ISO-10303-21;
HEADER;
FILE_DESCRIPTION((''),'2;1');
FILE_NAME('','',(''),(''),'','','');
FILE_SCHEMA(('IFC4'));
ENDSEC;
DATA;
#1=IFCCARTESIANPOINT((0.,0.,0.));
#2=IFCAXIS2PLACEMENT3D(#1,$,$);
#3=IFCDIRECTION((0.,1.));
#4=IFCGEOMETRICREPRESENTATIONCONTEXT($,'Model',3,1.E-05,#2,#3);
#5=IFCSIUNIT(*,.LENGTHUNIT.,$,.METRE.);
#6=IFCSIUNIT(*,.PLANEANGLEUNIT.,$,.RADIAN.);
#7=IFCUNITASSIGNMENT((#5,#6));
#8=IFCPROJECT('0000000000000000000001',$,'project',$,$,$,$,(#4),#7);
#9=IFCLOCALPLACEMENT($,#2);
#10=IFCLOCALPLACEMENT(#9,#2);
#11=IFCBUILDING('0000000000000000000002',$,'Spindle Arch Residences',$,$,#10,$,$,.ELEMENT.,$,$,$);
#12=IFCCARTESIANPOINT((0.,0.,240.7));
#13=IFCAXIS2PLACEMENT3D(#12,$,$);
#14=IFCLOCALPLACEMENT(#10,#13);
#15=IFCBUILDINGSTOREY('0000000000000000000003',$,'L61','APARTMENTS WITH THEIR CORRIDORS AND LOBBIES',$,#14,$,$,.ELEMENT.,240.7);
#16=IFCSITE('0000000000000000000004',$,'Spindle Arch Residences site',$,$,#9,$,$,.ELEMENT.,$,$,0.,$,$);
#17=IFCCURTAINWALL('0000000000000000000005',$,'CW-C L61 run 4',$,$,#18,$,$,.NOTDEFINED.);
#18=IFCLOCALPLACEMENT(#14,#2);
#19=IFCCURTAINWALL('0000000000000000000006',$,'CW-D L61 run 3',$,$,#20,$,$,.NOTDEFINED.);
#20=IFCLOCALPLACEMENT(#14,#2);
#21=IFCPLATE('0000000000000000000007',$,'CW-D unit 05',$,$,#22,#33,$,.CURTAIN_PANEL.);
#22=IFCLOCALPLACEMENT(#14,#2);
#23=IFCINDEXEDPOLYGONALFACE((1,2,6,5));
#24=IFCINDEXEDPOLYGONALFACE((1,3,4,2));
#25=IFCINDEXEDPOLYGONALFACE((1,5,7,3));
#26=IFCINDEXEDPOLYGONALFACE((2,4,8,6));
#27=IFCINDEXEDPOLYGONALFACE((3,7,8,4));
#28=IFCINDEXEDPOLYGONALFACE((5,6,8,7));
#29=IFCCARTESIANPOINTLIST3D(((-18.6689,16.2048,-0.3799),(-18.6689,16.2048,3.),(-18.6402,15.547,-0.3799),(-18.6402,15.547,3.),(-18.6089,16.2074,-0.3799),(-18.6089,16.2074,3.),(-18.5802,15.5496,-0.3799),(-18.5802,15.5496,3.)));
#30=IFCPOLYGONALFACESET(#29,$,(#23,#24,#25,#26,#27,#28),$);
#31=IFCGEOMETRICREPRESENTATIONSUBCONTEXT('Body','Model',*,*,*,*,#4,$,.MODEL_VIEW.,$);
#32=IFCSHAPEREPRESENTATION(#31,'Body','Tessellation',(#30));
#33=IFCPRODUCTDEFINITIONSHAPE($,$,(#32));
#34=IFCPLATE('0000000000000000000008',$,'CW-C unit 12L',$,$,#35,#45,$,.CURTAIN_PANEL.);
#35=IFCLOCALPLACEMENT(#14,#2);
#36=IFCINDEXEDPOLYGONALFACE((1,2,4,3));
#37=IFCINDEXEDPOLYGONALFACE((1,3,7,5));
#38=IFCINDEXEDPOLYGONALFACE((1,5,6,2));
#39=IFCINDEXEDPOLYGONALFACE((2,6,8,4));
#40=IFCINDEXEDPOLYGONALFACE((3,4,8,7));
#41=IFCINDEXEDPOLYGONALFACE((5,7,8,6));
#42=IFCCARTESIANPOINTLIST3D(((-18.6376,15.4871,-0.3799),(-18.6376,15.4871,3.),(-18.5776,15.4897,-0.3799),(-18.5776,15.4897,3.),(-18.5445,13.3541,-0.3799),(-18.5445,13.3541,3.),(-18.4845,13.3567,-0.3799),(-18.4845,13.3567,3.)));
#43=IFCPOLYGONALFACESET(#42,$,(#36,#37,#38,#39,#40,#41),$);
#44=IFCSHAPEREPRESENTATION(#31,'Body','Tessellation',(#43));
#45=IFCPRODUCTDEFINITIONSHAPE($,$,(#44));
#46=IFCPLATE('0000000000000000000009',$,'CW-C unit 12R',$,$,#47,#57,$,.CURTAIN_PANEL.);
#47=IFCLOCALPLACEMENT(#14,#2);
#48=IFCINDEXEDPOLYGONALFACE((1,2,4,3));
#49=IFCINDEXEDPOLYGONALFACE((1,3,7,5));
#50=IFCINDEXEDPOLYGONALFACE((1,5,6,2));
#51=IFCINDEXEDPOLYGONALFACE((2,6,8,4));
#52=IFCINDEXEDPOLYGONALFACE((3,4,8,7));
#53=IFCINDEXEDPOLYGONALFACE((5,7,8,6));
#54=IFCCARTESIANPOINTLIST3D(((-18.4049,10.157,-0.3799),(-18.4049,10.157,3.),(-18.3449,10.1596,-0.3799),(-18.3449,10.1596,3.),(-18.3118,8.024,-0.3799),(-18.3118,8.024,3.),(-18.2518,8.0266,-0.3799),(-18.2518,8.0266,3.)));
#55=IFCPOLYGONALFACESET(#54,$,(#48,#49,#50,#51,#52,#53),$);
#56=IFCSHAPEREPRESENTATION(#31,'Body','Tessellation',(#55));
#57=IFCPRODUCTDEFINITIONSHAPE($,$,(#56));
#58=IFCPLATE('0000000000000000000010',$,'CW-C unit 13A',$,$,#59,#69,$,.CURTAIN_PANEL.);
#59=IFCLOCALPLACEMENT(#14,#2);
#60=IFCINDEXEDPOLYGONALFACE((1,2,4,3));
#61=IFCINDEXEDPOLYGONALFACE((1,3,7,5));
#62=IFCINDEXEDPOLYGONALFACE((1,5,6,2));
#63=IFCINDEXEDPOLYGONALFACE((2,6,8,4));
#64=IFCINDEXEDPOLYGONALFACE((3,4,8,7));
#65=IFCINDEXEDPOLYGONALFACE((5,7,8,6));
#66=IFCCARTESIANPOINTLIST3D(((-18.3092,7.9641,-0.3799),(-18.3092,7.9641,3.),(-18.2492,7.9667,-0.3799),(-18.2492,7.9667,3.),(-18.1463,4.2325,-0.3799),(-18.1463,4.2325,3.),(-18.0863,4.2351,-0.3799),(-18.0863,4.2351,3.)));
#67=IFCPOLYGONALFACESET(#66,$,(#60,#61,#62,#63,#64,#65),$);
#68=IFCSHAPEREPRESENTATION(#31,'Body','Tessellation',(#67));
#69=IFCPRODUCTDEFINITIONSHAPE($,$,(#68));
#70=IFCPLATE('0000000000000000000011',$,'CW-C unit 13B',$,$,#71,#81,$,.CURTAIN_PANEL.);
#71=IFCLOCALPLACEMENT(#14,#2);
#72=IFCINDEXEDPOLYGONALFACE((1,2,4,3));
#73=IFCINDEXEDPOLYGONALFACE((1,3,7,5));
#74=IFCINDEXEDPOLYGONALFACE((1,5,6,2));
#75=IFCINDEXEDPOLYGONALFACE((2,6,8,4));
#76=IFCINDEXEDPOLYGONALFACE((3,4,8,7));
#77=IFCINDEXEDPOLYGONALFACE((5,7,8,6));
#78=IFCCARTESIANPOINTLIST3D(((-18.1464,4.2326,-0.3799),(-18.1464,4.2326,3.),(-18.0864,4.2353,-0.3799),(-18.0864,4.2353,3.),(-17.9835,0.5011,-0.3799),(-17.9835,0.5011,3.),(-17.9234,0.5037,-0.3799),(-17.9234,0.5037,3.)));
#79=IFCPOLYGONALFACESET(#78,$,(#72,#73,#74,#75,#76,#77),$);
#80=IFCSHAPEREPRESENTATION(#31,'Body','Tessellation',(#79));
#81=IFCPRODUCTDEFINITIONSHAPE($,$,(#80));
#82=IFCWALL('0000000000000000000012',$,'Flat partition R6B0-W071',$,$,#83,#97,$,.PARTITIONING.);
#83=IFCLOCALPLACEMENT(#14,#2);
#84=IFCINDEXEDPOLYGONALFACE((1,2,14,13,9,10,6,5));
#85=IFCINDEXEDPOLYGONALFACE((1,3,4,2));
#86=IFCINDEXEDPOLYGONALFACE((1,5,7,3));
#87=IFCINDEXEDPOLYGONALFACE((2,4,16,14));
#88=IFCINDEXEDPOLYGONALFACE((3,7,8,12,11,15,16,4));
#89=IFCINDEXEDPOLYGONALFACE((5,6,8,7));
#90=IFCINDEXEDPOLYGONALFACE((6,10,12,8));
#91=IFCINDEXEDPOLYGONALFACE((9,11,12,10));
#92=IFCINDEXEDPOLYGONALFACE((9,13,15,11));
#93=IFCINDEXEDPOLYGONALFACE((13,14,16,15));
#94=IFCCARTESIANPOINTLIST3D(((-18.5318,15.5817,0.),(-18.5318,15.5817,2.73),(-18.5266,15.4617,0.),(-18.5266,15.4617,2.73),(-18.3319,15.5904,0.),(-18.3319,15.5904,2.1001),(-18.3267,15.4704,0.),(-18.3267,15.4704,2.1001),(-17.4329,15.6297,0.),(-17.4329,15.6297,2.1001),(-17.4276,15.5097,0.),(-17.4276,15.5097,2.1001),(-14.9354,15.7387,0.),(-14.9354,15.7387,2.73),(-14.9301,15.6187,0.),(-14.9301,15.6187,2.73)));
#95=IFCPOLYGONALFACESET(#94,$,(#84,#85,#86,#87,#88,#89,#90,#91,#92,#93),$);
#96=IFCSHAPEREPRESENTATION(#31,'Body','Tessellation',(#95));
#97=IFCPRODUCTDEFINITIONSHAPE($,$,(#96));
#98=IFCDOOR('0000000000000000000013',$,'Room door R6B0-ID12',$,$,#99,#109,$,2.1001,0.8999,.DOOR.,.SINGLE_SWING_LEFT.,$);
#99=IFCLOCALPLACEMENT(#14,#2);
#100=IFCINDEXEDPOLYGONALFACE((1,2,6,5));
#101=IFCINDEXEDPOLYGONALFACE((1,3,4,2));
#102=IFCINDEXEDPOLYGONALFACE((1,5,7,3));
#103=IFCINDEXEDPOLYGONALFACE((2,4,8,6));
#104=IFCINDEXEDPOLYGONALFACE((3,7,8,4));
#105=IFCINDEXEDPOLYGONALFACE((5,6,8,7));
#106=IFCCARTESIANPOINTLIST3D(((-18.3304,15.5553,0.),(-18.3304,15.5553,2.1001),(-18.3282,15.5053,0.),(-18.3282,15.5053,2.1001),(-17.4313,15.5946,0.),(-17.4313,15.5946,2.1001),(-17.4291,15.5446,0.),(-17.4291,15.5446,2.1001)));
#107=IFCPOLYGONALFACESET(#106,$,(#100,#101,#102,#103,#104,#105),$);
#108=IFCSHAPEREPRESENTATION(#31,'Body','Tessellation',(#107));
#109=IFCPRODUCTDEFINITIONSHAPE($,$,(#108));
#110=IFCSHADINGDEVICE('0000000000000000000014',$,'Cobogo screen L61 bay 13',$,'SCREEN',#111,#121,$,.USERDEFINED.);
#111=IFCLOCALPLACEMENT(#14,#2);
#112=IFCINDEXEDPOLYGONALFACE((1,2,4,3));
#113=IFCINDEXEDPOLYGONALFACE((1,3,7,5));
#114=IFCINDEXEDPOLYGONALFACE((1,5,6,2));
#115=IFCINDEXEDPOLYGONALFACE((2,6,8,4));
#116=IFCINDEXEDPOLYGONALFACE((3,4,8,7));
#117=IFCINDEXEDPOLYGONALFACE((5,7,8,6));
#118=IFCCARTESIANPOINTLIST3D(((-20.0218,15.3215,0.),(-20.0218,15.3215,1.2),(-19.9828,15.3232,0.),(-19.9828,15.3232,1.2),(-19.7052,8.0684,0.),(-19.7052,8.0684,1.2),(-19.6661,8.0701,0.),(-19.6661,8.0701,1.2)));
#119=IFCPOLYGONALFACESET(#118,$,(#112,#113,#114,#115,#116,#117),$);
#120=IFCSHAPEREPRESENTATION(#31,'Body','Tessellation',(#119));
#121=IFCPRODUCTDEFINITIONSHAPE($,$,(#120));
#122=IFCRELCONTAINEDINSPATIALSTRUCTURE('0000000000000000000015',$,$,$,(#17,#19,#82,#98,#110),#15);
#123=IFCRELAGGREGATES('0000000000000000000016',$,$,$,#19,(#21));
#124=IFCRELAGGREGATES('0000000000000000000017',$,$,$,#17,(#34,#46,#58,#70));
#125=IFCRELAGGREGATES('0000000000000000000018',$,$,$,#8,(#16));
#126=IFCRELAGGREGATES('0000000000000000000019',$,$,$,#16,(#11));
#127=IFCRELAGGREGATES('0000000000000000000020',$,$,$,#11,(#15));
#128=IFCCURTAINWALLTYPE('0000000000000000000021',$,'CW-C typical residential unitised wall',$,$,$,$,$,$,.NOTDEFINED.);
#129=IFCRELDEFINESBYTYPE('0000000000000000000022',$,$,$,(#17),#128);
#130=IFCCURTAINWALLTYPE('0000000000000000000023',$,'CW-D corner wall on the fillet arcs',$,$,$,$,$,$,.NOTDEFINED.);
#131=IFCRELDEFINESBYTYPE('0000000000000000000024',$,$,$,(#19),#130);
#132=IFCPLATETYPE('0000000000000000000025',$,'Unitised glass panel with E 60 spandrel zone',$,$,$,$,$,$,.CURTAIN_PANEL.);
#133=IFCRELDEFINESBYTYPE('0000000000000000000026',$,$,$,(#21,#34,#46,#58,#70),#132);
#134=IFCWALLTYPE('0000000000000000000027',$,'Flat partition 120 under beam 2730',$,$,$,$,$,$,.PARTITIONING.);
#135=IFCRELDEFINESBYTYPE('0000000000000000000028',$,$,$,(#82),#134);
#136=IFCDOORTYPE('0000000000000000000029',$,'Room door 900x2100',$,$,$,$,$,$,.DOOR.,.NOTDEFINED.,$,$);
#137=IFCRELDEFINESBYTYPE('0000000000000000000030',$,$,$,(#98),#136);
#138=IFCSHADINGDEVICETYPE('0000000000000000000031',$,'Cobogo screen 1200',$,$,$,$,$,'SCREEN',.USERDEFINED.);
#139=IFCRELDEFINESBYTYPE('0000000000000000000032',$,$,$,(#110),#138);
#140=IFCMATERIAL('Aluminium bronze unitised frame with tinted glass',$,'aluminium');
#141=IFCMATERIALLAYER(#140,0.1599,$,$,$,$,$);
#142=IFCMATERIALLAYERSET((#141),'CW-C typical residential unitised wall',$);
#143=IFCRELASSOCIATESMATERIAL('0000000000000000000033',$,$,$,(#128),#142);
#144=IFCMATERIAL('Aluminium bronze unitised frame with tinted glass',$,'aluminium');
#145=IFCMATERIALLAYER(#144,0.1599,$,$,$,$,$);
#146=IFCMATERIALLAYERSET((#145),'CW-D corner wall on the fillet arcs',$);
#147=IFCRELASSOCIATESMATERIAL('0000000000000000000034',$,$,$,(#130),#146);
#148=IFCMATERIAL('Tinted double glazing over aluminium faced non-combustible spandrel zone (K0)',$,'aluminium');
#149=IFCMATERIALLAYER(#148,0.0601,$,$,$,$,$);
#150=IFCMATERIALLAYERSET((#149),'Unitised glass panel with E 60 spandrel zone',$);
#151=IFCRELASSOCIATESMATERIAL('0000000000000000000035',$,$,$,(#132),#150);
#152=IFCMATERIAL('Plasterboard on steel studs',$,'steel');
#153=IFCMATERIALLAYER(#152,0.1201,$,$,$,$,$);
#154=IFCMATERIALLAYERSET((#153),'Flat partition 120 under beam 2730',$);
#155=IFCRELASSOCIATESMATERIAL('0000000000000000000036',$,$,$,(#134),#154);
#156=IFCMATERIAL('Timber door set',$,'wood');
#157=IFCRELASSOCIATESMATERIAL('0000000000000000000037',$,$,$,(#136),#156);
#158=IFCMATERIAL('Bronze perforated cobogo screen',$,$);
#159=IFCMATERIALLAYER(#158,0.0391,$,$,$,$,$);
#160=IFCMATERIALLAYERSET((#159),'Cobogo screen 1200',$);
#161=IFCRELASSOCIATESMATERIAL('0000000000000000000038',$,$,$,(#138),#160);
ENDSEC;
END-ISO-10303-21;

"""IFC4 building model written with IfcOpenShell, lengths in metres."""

from ifc_helpers import new_model, si_unit, direction, frame, frame_2d, origin, origin_2d, place, context, subcontext, project, spatial, rectangle, extrude, material, layer, layer_set, type_object, element, fill, aggregate, save


model = new_model("IFC4")

# Units and contexts
model_context = context("Model", 3, precision=1e-05, world=origin(), true_north=direction((0.0, 1.0)))
body_context = subcontext(model_context, "Body", "Model", "MODEL_VIEW")
ifc_project = project(units=[si_unit("LENGTHUNIT", "METRE"), si_unit("PLANEANGLEUNIT", "RADIAN")], contexts=[model_context])

# Site, building, storey
site_placement = place(None, origin())
site = spatial("IfcSite", under=ifc_project, at=site_placement, Name="Spindle Arch Residences site", CompositionType="ELEMENT", RefElevation=0.0)
building_placement = place(site_placement, origin())
building = spatial("IfcBuilding", under=site, at=building_placement, Name="Spindle Arch Residences", CompositionType="ELEMENT")
storey_placement = place(building_placement, frame((0.0, 0.0, 240.7)))
storey = spatial("IfcBuildingStorey", under=building, at=storey_placement, Name="L61", Description="APARTMENTS WITH THEIR CORRIDORS AND LOBBIES", CompositionType="ELEMENT", Elevation=240.7)

# Curtain wall
ifc_material_1 = material(Name="Aluminium bronze unitised frame with tinted glass", Category="aluminium")
ifc_layer_1 = layer(ifc_material_1, 0.1599)
ifc_layer_set_1 = layer_set([ifc_layer_1], Name="CW-C typical residential unitised wall")
curtain_wall_type_1 = type_object("IfcCurtainWallType", Name="CW-C typical residential unitised wall", PredefinedType="NOTDEFINED", material=ifc_layer_set_1)
curtain_wall_1_placement = place(storey_placement, origin())
curtain_wall_1 = element("IfcCurtainWall", 1, at=curtain_wall_1_placement, inside=storey, type_object=curtain_wall_type_1, Name="CW-C L61 run 4", PredefinedType="NOTDEFINED")

# Curtain wall, plate
ifc_material_2 = material(Name="Aluminium bronze unitised frame with tinted glass", Category="aluminium")
ifc_layer_2 = layer(ifc_material_2, 0.1599)
ifc_layer_set_2 = layer_set([ifc_layer_2], Name="CW-D corner wall on the fillet arcs")
curtain_wall_type_2 = type_object("IfcCurtainWallType", Name="CW-D corner wall on the fillet arcs", PredefinedType="NOTDEFINED", material=ifc_layer_set_2)
curtain_wall_2_placement = place(storey_placement, origin())
curtain_wall_2 = element("IfcCurtainWall", 2, at=curtain_wall_2_placement, inside=storey, type_object=curtain_wall_type_2, Name="CW-D L61 run 3", PredefinedType="NOTDEFINED")
ifc_material_3 = material(Name="Tinted double glazing over aluminium faced non-combustible spandrel zone (K0)", Category="aluminium")
ifc_layer_3 = layer(ifc_material_3, 0.0601)
ifc_layer_set_3 = layer_set([ifc_layer_3], Name="Unitised glass panel with E 60 spandrel zone")
plate_type = type_object("IfcPlateType", Name="Unitised glass panel with E 60 spandrel zone", PredefinedType="CURTAIN_PANEL", material=ifc_layer_set_3)
plate_1_placement = place(storey_placement, frame((-18.6245, 15.8772, -0.3799), z_axis=(0.0, 0.0, 1.0), x_axis=(0.043619, -0.999048, 0.0)))
plate_1 = element("IfcPlate", 3, at=plate_1_placement, type_object=plate_type, Name="CW-D unit 05", PredefinedType="CURTAIN_PANEL", context=body_context, shape_type="SweptSolid", body=[
    extrude(rectangle(XDim=0.6584, YDim=0.0601, at=origin_2d()), origin(), (0.0, 0.0, 1.0), 3.3799),
])
aggregate(curtain_wall_2, [plate_1])

# Plates
plate_2_placement = place(storey_placement, frame((-18.561, 14.4219, -0.3799), z_axis=(0.0, 0.0, 1.0), x_axis=(0.043619, -0.999048, 0.0)))
plate_2 = element("IfcPlate", 4, at=plate_2_placement, type_object=plate_type, Name="CW-C unit 12L", PredefinedType="CURTAIN_PANEL", context=body_context, shape_type="SweptSolid", body=[
    extrude(rectangle(XDim=2.135, YDim=0.0601, at=origin_2d()), origin(), (0.0, 0.0, 1.0), 3.3799),
])
plate_3_placement = place(storey_placement, frame((-18.3284, 9.0918, -0.3799), z_axis=(0.0, 0.0, 1.0), x_axis=(0.043619, -0.999048, 0.0)))
plate_3 = element("IfcPlate", 5, at=plate_3_placement, type_object=plate_type, Name="CW-C unit 12R", PredefinedType="CURTAIN_PANEL", context=body_context, shape_type="SweptSolid", body=[
    extrude(rectangle(XDim=2.135, YDim=0.0601, at=origin_2d()), origin(), (0.0, 0.0, 1.0), 3.3799),
])
plate_4_placement = place(storey_placement, frame((-18.1978, 6.0996, -0.3799), z_axis=(0.0, 0.0, 1.0), x_axis=(0.043619, -0.999048, 0.0)))
plate_4 = element("IfcPlate", 6, at=plate_4_placement, type_object=plate_type, Name="CW-C unit 13A", PredefinedType="CURTAIN_PANEL", context=body_context, shape_type="SweptSolid", body=[
    extrude(rectangle(XDim=3.7351, YDim=0.0601, at=origin_2d()), origin(), (0.0, 0.0, 1.0), 3.3799),
])
plate_5_placement = place(storey_placement, frame((-18.0349, 2.3682, -0.3799), z_axis=(0.0, 0.0, 1.0), x_axis=(0.043619, -0.999048, 0.0)))
plate_5 = element("IfcPlate", 7, at=plate_5_placement, type_object=plate_type, Name="CW-C unit 13B", PredefinedType="CURTAIN_PANEL", context=body_context, shape_type="SweptSolid", body=[
    extrude(rectangle(XDim=3.7351, YDim=0.0601, at=origin_2d()), origin(), (0.0, 0.0, 1.0), 3.3799),
])
aggregate(curtain_wall_1, [plate_2, plate_3, plate_4, plate_5])

# Wall, opening, door
ifc_material_4 = material(Name="Plasterboard on steel studs", Category="steel")
ifc_layer_4 = layer(ifc_material_4, 0.1201)
ifc_layer_set_4 = layer_set([ifc_layer_4], Name="Flat partition 120 under beam 2730")
wall_type_1 = type_object("IfcWallType", Name="Flat partition 120 under beam 2730", PredefinedType="PARTITIONING", material=ifc_layer_set_4)
wall_1_placement = place(storey_placement, frame((-18.5291, 15.5217, 0.0), z_axis=(0.0, 0.0, 1.0), x_axis=(0.999049, 0.043608, 0.0)))
wall_1 = element("IfcWall", 8, at=wall_1_placement, inside=storey, type_object=wall_type_1, Name="Flat partition R6B0-W071", PredefinedType="PARTITIONING", context=body_context, shape_type="SweptSolid", body=[
    extrude(rectangle(XDim=3.5999, YDim=0.1201, at=frame_2d((1.7998, 0.0))), origin(), (0.0, 0.0, 1.0), 2.73),
])
opening_1_placement = place(wall_1_placement, frame((0.2, 0.0, 0.0)))
opening_1 = element("IfcOpeningElement", 9, at=opening_1_placement, cuts=wall_1, PredefinedType="OPENING", context=body_context, shape_type="SweptSolid", body=[
    extrude(rectangle(XDim=0.8999, YDim=2.1001, at=frame_2d((0.45, 1.05))), frame((0.0, 0.0701, 0.0), z_axis=(0.0, -1.0, 0.0), x_axis=(1.0, 0.0, 0.0)), (0.0, 0.0, 1.0), 0.1401),
])
ifc_material_5 = material(Name="Timber door set", Category="wood")
door_type_1 = type_object("IfcDoorType", Name="Room door 900x2100", OperationType="NOTDEFINED", PredefinedType="DOOR", material=ifc_material_5)
door_1_placement = place(opening_1_placement, origin())
door_1 = element("IfcDoor", 10, at=door_1_placement, inside=storey, type_object=door_type_1, Name="Room door R6B0-ID12", OperationType="SINGLE_SWING_LEFT", OverallHeight=2.1001, OverallWidth=0.8999, PredefinedType="DOOR", context=body_context, shape_type="SweptSolid", body=[
    extrude(rectangle(XDim=0.8999, YDim=2.1001, at=frame_2d((0.45, 1.05))), frame((0.0, 0.0249, 0.0), z_axis=(0.0, -1.0, 0.0), x_axis=(1.0, 0.0, 0.0)), (0.0, 0.0, 1.0), 0.05),
])
fill(opening_1, door_1)

# Shading device
ifc_material_6 = material(Name="Bronze perforated cobogo screen")
ifc_layer_5 = layer(ifc_material_6, 0.0391)
ifc_layer_set_5 = layer_set([ifc_layer_5], Name="Cobogo screen 1200")
shading_device_type = type_object("IfcShadingDeviceType", Name="Cobogo screen 1200", ElementType="SCREEN", PredefinedType="USERDEFINED", material=ifc_layer_set_5)
shading_device_placement = place(storey_placement, frame((-19.844, 11.6958, 0.0), z_axis=(0.0, 0.0, 1.0), x_axis=(0.043619, -0.999048, 0.0)))
element("IfcShadingDevice", 11, at=shading_device_placement, inside=storey, type_object=shading_device_type, Name="Cobogo screen L61 bay 13", ObjectType="SCREEN", PredefinedType="USERDEFINED", context=body_context, shape_type="SweptSolid", body=[
    extrude(rectangle(XDim=7.26, YDim=0.0391, at=origin_2d()), origin(), (0.0, 0.0, 1.0), 1.2),
])

save(model, "model.ifc")
